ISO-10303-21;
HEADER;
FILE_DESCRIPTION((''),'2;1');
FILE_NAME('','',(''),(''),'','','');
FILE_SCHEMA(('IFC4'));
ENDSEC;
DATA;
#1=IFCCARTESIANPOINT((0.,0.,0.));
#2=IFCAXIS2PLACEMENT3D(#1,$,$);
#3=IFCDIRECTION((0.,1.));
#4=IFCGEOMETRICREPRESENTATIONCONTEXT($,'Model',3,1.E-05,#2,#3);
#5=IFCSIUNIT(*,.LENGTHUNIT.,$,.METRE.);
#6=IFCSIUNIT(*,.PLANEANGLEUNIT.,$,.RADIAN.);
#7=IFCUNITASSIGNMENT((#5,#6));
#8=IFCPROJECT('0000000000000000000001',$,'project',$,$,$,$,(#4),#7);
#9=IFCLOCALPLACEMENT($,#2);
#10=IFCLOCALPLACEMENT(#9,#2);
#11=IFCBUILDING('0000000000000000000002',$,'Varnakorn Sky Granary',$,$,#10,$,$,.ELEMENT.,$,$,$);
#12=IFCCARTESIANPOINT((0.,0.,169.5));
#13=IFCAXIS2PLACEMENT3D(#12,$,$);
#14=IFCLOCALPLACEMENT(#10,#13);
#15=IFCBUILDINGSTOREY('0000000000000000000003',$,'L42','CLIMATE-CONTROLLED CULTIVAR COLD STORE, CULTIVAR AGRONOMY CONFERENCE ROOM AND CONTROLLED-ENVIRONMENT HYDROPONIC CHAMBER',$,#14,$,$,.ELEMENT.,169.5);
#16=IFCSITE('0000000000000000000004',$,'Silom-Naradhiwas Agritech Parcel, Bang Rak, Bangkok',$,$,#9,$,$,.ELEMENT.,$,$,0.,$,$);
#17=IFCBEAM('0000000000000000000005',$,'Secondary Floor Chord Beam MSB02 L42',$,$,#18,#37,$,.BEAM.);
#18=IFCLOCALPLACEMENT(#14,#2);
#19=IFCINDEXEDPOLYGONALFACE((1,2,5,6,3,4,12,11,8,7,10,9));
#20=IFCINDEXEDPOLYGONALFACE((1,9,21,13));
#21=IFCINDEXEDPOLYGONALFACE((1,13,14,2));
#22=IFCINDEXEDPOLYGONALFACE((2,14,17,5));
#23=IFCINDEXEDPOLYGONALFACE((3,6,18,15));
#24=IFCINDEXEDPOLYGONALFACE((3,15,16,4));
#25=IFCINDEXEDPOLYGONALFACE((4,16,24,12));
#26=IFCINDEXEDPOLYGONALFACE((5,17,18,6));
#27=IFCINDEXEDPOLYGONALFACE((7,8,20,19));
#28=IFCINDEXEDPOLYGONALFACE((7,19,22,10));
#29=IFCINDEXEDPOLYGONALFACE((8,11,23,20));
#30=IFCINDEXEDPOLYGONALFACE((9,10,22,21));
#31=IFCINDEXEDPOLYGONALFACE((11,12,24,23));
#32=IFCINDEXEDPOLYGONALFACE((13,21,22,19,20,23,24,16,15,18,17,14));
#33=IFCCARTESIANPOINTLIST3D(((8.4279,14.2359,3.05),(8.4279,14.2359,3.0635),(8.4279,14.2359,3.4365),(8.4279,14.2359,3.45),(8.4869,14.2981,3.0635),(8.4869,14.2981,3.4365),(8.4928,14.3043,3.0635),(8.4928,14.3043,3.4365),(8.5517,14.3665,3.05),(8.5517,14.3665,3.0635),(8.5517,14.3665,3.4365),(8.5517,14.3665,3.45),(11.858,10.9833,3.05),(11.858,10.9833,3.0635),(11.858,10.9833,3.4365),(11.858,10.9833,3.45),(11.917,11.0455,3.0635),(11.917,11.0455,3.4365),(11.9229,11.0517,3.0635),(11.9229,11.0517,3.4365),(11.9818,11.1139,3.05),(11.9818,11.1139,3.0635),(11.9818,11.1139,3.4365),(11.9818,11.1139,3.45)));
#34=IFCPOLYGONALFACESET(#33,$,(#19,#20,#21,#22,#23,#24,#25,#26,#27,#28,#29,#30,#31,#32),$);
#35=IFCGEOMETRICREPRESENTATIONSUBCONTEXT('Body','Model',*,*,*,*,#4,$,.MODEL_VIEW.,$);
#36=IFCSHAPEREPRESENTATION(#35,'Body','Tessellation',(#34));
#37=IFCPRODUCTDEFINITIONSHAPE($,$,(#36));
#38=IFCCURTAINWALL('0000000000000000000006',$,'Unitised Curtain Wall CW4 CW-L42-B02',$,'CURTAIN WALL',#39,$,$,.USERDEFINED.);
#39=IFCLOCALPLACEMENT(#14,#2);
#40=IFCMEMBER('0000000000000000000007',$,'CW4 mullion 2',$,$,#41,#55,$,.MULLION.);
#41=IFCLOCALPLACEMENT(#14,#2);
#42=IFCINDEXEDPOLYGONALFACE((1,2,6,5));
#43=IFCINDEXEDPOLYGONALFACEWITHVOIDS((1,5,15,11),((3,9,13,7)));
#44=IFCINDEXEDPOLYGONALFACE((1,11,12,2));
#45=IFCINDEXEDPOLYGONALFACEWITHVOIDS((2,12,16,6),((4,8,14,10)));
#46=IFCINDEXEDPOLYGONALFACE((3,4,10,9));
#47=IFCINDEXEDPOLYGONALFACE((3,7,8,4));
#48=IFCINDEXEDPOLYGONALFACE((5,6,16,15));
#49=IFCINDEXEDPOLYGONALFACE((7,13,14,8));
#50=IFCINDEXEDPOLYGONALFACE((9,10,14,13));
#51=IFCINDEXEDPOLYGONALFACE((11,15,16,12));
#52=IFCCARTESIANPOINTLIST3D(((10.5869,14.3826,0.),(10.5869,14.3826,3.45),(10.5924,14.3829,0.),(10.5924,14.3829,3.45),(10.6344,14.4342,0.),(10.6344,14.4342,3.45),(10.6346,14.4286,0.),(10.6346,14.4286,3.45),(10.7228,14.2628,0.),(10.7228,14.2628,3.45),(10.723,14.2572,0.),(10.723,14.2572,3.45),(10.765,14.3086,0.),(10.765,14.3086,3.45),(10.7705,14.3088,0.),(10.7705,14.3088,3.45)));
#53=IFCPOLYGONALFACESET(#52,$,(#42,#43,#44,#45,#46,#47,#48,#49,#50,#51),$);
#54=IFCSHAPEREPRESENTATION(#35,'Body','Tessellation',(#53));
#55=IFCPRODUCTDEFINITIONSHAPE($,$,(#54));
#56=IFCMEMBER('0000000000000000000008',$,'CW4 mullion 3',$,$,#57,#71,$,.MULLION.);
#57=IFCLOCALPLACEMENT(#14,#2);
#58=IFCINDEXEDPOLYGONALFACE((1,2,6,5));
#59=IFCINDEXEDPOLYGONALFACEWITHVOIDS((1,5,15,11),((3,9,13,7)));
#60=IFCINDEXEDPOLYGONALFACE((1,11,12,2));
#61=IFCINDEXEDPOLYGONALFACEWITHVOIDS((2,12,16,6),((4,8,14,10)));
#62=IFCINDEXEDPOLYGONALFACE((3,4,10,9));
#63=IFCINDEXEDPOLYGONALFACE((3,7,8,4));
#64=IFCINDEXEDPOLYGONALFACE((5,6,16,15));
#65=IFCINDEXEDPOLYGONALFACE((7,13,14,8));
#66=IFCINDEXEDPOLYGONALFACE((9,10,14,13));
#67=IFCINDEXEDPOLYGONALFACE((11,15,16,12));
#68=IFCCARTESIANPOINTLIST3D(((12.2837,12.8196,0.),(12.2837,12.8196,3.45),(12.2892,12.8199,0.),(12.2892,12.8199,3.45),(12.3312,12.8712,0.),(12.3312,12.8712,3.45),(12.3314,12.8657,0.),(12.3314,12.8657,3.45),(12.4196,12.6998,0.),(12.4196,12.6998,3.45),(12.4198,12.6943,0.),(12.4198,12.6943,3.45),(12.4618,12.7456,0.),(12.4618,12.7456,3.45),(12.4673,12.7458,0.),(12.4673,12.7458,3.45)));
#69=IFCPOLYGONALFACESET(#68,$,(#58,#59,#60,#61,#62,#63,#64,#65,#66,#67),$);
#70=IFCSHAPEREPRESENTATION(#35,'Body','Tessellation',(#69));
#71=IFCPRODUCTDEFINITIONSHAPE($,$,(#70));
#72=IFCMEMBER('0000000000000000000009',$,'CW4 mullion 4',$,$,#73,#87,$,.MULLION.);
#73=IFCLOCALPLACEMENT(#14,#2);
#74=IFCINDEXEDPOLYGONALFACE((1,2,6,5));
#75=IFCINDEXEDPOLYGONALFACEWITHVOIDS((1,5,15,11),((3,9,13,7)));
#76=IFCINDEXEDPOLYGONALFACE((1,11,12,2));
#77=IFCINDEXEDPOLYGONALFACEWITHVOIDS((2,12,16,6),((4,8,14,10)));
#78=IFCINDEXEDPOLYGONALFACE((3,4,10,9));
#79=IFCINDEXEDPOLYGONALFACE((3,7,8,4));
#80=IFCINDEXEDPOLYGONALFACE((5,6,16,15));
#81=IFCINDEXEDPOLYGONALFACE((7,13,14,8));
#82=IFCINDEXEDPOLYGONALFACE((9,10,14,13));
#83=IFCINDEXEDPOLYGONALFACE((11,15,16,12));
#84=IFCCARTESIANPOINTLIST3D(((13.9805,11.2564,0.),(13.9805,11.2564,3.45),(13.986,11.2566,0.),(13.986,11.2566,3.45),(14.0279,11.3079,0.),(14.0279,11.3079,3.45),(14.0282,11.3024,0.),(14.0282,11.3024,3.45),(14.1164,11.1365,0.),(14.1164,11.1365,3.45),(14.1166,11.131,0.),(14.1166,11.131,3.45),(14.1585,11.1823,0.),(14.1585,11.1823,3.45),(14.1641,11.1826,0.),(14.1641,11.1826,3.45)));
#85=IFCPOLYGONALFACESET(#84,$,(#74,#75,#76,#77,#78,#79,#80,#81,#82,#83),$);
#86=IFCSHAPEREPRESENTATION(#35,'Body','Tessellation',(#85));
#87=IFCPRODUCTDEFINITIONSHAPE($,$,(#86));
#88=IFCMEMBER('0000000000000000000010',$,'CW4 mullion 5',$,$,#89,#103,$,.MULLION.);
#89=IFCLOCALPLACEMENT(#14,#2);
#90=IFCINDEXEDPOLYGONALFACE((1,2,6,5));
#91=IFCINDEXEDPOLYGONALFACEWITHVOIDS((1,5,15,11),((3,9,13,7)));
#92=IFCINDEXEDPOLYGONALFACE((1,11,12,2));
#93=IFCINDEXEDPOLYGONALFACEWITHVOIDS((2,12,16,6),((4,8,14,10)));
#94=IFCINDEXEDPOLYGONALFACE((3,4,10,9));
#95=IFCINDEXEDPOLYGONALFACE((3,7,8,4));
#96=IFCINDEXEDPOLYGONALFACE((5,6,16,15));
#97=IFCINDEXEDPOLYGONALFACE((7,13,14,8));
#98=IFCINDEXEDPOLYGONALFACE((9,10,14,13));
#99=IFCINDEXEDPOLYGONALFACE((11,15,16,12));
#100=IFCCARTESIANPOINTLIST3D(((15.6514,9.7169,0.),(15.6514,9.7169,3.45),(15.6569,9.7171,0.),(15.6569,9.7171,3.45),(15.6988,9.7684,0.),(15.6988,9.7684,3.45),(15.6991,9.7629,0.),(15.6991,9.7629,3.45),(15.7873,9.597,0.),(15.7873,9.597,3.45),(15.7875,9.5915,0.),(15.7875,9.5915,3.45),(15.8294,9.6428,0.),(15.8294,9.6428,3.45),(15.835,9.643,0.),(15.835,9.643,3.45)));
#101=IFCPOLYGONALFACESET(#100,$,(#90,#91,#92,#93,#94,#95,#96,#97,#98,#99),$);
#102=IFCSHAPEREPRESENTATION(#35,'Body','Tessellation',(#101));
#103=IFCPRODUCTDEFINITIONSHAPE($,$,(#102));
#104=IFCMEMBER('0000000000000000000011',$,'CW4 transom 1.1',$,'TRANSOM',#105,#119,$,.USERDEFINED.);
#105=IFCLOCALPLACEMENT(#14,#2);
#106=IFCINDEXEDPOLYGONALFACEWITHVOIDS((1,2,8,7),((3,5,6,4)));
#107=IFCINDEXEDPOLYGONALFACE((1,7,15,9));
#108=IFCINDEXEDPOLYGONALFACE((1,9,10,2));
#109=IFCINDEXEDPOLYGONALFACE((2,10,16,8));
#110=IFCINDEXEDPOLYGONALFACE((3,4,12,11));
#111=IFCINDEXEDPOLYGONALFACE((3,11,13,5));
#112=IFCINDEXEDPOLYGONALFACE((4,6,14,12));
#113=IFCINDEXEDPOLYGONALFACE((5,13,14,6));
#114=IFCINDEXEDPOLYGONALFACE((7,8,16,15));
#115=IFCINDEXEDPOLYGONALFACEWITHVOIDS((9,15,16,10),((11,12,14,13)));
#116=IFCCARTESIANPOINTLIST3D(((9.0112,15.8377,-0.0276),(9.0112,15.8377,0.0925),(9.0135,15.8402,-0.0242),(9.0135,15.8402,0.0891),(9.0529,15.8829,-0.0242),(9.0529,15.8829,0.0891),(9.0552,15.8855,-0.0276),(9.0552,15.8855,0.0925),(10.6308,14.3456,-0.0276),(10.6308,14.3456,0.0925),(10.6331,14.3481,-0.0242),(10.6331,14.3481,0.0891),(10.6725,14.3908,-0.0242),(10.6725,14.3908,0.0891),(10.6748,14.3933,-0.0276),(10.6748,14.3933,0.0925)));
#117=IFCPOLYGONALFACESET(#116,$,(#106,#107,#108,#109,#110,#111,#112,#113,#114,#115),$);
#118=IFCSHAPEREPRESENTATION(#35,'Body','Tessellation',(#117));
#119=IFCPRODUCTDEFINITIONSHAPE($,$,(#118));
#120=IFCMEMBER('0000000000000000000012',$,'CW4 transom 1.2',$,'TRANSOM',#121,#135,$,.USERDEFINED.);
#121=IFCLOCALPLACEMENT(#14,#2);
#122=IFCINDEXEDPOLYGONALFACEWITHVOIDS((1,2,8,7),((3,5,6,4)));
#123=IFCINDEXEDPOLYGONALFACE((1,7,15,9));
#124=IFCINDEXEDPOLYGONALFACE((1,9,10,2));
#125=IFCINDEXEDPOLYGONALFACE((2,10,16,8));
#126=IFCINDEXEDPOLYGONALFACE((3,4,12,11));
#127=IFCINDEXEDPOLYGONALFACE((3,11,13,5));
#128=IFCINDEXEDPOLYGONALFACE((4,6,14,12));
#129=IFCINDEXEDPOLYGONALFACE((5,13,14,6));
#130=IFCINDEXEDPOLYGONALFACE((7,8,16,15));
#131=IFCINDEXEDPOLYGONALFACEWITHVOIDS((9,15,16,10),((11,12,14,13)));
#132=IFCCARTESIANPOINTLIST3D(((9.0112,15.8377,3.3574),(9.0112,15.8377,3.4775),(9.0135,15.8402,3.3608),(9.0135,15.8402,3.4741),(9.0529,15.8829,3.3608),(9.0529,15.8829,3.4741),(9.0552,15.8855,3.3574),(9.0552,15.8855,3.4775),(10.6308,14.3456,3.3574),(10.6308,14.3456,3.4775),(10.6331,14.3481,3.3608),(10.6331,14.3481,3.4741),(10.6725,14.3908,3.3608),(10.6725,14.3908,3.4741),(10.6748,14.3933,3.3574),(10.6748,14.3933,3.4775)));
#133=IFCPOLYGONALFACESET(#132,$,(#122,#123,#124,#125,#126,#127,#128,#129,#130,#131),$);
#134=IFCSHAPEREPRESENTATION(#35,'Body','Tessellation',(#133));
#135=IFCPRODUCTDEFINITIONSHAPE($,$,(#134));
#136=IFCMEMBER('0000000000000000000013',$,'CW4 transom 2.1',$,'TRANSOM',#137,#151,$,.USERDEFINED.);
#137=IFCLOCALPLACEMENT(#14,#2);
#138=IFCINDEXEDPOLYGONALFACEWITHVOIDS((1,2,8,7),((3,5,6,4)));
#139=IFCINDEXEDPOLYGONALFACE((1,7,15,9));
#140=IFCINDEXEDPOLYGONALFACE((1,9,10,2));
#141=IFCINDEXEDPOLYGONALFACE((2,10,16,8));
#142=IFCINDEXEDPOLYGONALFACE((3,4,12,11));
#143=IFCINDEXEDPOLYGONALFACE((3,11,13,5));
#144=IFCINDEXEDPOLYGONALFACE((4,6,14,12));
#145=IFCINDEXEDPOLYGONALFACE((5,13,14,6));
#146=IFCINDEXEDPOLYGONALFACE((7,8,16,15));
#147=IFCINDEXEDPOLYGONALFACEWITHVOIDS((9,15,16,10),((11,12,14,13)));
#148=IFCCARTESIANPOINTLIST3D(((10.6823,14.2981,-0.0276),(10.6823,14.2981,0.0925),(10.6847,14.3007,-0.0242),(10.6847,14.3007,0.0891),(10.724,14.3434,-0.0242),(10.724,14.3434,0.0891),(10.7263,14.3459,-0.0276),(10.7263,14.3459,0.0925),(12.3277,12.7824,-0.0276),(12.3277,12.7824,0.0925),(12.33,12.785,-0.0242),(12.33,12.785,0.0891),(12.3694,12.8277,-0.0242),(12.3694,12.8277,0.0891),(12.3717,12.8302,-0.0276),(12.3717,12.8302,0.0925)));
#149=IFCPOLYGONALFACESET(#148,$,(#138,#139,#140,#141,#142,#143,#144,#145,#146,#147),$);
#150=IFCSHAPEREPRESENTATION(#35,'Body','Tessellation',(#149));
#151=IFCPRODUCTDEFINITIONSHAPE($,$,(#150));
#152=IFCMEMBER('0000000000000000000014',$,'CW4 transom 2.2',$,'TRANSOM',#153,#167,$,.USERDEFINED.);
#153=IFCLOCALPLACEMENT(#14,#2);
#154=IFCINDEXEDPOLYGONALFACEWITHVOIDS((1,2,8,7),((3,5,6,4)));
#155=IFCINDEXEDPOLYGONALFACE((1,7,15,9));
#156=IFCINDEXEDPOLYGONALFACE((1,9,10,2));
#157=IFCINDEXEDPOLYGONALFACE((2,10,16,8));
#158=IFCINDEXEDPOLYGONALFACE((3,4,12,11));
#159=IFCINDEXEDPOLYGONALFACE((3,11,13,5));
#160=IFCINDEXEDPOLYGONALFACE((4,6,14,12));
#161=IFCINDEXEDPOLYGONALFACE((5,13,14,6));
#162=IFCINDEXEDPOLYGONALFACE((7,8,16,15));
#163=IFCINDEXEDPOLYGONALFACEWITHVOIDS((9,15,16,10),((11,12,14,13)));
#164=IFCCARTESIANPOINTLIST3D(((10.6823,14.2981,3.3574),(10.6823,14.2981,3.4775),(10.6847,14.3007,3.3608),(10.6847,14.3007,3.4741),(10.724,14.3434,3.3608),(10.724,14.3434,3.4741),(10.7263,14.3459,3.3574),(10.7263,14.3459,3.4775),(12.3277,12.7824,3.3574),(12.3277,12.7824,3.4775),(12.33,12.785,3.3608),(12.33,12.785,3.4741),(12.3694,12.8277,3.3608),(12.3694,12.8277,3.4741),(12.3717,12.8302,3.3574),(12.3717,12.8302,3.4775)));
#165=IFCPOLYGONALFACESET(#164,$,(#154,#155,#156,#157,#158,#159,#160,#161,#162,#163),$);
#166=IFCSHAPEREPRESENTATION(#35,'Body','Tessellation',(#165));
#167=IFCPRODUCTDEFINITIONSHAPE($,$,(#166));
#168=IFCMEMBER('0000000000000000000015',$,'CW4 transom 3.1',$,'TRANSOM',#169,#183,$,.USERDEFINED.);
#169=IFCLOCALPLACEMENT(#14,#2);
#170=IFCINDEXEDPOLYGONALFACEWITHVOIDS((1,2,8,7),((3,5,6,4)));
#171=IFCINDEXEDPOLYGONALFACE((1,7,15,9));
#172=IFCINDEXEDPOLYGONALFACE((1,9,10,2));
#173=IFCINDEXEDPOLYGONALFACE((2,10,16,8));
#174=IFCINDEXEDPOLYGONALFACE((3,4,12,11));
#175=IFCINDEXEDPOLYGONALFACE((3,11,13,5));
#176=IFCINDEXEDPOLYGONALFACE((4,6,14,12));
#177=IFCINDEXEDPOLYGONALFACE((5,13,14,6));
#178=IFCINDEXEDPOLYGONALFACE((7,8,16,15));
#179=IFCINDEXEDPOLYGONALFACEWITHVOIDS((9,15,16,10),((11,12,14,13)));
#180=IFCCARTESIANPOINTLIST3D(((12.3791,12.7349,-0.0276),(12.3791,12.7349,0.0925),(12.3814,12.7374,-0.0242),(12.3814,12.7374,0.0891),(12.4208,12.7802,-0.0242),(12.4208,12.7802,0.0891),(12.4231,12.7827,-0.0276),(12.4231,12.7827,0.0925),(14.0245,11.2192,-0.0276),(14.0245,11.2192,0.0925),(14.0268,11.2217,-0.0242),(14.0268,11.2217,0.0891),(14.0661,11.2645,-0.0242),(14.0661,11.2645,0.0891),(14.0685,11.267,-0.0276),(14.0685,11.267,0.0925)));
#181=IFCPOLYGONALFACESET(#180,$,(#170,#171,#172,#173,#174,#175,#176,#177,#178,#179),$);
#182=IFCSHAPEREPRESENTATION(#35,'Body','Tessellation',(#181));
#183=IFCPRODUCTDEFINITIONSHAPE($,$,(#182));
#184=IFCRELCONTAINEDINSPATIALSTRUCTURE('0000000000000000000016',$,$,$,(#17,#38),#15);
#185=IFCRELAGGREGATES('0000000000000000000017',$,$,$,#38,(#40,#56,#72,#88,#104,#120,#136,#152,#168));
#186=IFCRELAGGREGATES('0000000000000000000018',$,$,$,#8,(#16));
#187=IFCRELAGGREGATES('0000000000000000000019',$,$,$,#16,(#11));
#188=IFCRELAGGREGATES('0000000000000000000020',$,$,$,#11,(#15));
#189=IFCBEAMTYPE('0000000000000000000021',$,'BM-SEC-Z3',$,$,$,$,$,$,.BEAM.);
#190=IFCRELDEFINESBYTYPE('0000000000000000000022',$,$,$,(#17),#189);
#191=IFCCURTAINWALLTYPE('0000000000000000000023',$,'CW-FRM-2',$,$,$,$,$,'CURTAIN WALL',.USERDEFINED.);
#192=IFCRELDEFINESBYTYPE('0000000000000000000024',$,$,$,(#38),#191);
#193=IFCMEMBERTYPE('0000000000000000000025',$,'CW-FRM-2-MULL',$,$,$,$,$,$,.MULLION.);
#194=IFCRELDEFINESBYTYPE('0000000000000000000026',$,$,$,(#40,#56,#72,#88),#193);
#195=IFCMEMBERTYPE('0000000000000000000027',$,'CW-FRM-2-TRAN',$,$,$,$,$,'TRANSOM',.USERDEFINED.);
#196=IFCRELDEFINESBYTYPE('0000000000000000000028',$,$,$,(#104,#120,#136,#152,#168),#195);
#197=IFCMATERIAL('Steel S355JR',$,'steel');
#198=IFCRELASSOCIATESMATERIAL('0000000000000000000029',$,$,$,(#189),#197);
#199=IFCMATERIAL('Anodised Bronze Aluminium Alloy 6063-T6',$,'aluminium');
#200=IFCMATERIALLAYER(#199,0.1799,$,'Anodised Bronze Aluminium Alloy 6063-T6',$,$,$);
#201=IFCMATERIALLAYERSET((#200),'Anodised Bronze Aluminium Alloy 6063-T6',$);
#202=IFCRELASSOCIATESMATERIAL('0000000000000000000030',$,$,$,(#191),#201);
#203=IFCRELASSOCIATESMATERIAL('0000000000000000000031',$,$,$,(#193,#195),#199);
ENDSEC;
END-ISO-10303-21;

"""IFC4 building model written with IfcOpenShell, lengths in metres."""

from ifc_helpers import new_model, si_unit, direction, frame, origin, origin_2d, place, context, subcontext, project, spatial, hollow_rectangle, i_section, extrude, material, layer, layer_set, material_profile, profile_set, type_object, element, aggregate, save


model = new_model("IFC4")

# Units and contexts
model_context = context("Model", 3, precision=1e-05, world=origin(), true_north=direction((0.0, 1.0)))
body_context = subcontext(model_context, "Body", "Model", "MODEL_VIEW")
ifc_project = project(units=[si_unit("LENGTHUNIT", "METRE"), si_unit("PLANEANGLEUNIT", "RADIAN")], contexts=[model_context])

# Site, building, storey
site_placement = place(None, origin())
site = spatial("IfcSite", under=ifc_project, at=site_placement, Name="Silom-Naradhiwas Agritech Parcel, Bang Rak, Bangkok", CompositionType="ELEMENT", RefElevation=0.0)
building_placement = place(site_placement, origin())
building = spatial("IfcBuilding", under=site, at=building_placement, Name="Varnakorn Sky Granary", CompositionType="ELEMENT")
storey_placement = place(building_placement, frame((0.0, 0.0, 169.5)))
storey = spatial("IfcBuildingStorey", under=building, at=storey_placement, Name="L42", Description="CLIMATE-CONTROLLED CULTIVAR COLD STORE, CULTIVAR AGRONOMY CONFERENCE ROOM AND CONTROLLED-ENVIRONMENT HYDROPONIC CHAMBER", CompositionType="ELEMENT", Elevation=169.5)

# Beam
ifc_material_1 = material(Name="Steel S355JR", Category="steel")
ifc_material_profile_1 = material_profile(ifc_material_1, i_section(OverallWidth=0.1799, OverallDepth=0.3999, WebThickness=0.0085, FlangeThickness=0.0134, at=origin_2d()), Name="IPE 400")
ifc_profile_set_1 = profile_set([ifc_material_profile_1], Name="Steel S355JR")
beam_type = type_object("IfcBeamType", Name="BM-SEC-Z3", PredefinedType="BEAM", material=ifc_profile_set_1)
beam_placement = place(storey_placement, frame((11.9199, 11.0486, 3.25), z_axis=(-0.725631, 0.688084, 0.0), x_axis=(-0.688084, -0.725631, 0.0)))
element("IfcBeam", 1, at=beam_placement, inside=storey, type_object=beam_type, Name="Secondary Floor Chord Beam MSB02 L42", PredefinedType="BEAM", context=body_context, shape_type="SweptSolid", body=[
    extrude(i_section(OverallWidth=0.1799, OverallDepth=0.3999, WebThickness=0.0085, FlangeThickness=0.0134, at=origin_2d()), origin(), (0.0, 0.0, 1.0), 4.7271),
])

# Curtain wall, members
ifc_material_2 = material(Name="Anodised Bronze Aluminium Alloy 6063-T6", Category="aluminium")
ifc_layer_1 = layer(ifc_material_2, 0.1799, Name="Anodised Bronze Aluminium Alloy 6063-T6")
ifc_layer_set_1 = layer_set([ifc_layer_1], Name="Anodised Bronze Aluminium Alloy 6063-T6")
curtain_wall_type = type_object("IfcCurtainWallType", Name="CW-FRM-2", ElementType="CURTAIN WALL", PredefinedType="USERDEFINED", material=ifc_layer_set_1)
curtain_wall_placement = place(storey_placement, origin())
curtain_wall = element("IfcCurtainWall", 2, at=curtain_wall_placement, inside=storey, type_object=curtain_wall_type, Name="Unitised Curtain Wall CW4 CW-L42-B02", ObjectType="CURTAIN WALL", PredefinedType="USERDEFINED")
ifc_material_profile_2 = material_profile(ifc_material_2, hollow_rectangle(XDim=0.0701, YDim=0.1851, WallThickness=0.0039, at=origin_2d()), Name="ALU MULL 70x185")
ifc_profile_set_2 = profile_set([ifc_material_profile_2], Name="Anodised Bronze Aluminium Alloy 6063-T6")
member_type_1 = type_object("IfcMemberType", Name="CW-FRM-2-MULL", PredefinedType="MULLION", material=ifc_profile_set_2)
member_1_placement = place(storey_placement, frame((10.6787, 14.3457, 0.0), z_axis=(0.0, 0.0, 1.0), x_axis=(0.677548, 0.735479, 0.0)))
member_1 = element("IfcMember", 3, at=member_1_placement, type_object=member_type_1, Name="CW4 mullion 2", PredefinedType="MULLION", context=body_context, shape_type="SweptSolid", body=[
    extrude(hollow_rectangle(XDim=0.0701, YDim=0.1851, WallThickness=0.0039, at=origin_2d()), origin(), (0.0, 0.0, 1.0), 3.45),
])
member_2_placement = place(storey_placement, frame((12.3755, 12.7827, 0.0), z_axis=(0.0, 0.0, 1.0), x_axis=(0.677548, 0.735479, 0.0)))
member_2 = element("IfcMember", 4, at=member_2_placement, type_object=member_type_1, Name="CW4 mullion 3", PredefinedType="MULLION", context=body_context, shape_type="SweptSolid", body=[
    extrude(hollow_rectangle(XDim=0.0701, YDim=0.1851, WallThickness=0.0039, at=origin_2d()), origin(), (0.0, 0.0, 1.0), 3.45),
])
member_3_placement = place(storey_placement, frame((14.0723, 11.2195, 0.0), z_axis=(0.0, 0.0, 1.0), x_axis=(0.677548, 0.735479, 0.0)))
member_3 = element("IfcMember", 5, at=member_3_placement, type_object=member_type_1, Name="CW4 mullion 4", PredefinedType="MULLION", context=body_context, shape_type="SweptSolid", body=[
    extrude(hollow_rectangle(XDim=0.0701, YDim=0.1851, WallThickness=0.0039, at=origin_2d()), origin(), (0.0, 0.0, 1.0), 3.45),
])
member_4_placement = place(storey_placement, frame((15.7432, 9.6799, 0.0), z_axis=(0.0, 0.0, 1.0), x_axis=(0.677548, 0.735479, 0.0)))
member_4 = element("IfcMember", 6, at=member_4_placement, type_object=member_type_1, Name="CW4 mullion 5", PredefinedType="MULLION", context=body_context, shape_type="SweptSolid", body=[
    extrude(hollow_rectangle(XDim=0.0701, YDim=0.1851, WallThickness=0.0039, at=origin_2d()), origin(), (0.0, 0.0, 1.0), 3.45),
])
ifc_material_profile_3 = material_profile(ifc_material_2, hollow_rectangle(XDim=0.0649, YDim=0.1201, WallThickness=0.0034, at=origin_2d()), Name="ALU TRAN 65x120")
ifc_profile_set_3 = profile_set([ifc_material_profile_3], Name="Anodised Bronze Aluminium Alloy 6063-T6")
member_type_2 = type_object("IfcMemberType", Name="CW-FRM-2-TRAN", ElementType="TRANSOM", PredefinedType="USERDEFINED", material=ifc_profile_set_3)
member_5_placement = place(storey_placement, frame((9.0332, 15.8616, 0.0325), z_axis=(0.735449, -0.67758, 0.0), x_axis=(0.67758, 0.735449, 0.0)))
member_5 = element("IfcMember", 7, at=member_5_placement, type_object=member_type_2, Name="CW4 transom 1.1", ObjectType="TRANSOM", PredefinedType="USERDEFINED", context=body_context, shape_type="SweptSolid", body=[
    extrude(hollow_rectangle(XDim=0.0649, YDim=0.1201, WallThickness=0.0034, at=origin_2d()), origin(), (0.0, 0.0, 1.0), 2.2021),
])
member_6_placement = place(storey_placement, frame((9.0332, 15.8616, 3.4175), z_axis=(0.735449, -0.67758, 0.0), x_axis=(0.67758, 0.735449, 0.0)))
member_6 = element("IfcMember", 8, at=member_6_placement, type_object=member_type_2, Name="CW4 transom 1.2", ObjectType="TRANSOM", PredefinedType="USERDEFINED", context=body_context, shape_type="SweptSolid", body=[
    extrude(hollow_rectangle(XDim=0.0649, YDim=0.1201, WallThickness=0.0034, at=origin_2d()), origin(), (0.0, 0.0, 1.0), 2.2021),
])
member_7_placement = place(storey_placement, frame((10.7043, 14.322, 0.0325), z_axis=(0.735489, -0.677536, 0.0), x_axis=(0.677536, 0.735489, 0.0)))
member_7 = element("IfcMember", 9, at=member_7_placement, type_object=member_type_2, Name="CW4 transom 2.1", ObjectType="TRANSOM", PredefinedType="USERDEFINED", context=body_context, shape_type="SweptSolid", body=[
    extrude(hollow_rectangle(XDim=0.0649, YDim=0.1201, WallThickness=0.0034, at=origin_2d()), origin(), (0.0, 0.0, 1.0), 2.2371),
])
member_8_placement = place(storey_placement, frame((10.7043, 14.322, 3.4175), z_axis=(0.735489, -0.677536, 0.0), x_axis=(0.677536, 0.735489, 0.0)))
member_8 = element("IfcMember", 10, at=member_8_placement, type_object=member_type_2, Name="CW4 transom 2.2", ObjectType="TRANSOM", PredefinedType="USERDEFINED", context=body_context, shape_type="SweptSolid", body=[
    extrude(hollow_rectangle(XDim=0.0649, YDim=0.1201, WallThickness=0.0034, at=origin_2d()), origin(), (0.0, 0.0, 1.0), 2.2371),
])
member_9_placement = place(storey_placement, frame((12.4011, 12.7588, 0.0325), z_axis=(0.735489, -0.677536, 0.0), x_axis=(0.677536, 0.735489, 0.0)))
member_9 = element("IfcMember", 11, at=member_9_placement, type_object=member_type_2, Name="CW4 transom 3.1", ObjectType="TRANSOM", PredefinedType="USERDEFINED", context=body_context, shape_type="SweptSolid", body=[
    extrude(hollow_rectangle(XDim=0.0649, YDim=0.1201, WallThickness=0.0034, at=origin_2d()), origin(), (0.0, 0.0, 1.0), 2.2371),
])
aggregate(curtain_wall, [member_1, member_2, member_3, member_4, member_5, member_6, member_7, member_8, member_9])

save(model, "model.ifc")
